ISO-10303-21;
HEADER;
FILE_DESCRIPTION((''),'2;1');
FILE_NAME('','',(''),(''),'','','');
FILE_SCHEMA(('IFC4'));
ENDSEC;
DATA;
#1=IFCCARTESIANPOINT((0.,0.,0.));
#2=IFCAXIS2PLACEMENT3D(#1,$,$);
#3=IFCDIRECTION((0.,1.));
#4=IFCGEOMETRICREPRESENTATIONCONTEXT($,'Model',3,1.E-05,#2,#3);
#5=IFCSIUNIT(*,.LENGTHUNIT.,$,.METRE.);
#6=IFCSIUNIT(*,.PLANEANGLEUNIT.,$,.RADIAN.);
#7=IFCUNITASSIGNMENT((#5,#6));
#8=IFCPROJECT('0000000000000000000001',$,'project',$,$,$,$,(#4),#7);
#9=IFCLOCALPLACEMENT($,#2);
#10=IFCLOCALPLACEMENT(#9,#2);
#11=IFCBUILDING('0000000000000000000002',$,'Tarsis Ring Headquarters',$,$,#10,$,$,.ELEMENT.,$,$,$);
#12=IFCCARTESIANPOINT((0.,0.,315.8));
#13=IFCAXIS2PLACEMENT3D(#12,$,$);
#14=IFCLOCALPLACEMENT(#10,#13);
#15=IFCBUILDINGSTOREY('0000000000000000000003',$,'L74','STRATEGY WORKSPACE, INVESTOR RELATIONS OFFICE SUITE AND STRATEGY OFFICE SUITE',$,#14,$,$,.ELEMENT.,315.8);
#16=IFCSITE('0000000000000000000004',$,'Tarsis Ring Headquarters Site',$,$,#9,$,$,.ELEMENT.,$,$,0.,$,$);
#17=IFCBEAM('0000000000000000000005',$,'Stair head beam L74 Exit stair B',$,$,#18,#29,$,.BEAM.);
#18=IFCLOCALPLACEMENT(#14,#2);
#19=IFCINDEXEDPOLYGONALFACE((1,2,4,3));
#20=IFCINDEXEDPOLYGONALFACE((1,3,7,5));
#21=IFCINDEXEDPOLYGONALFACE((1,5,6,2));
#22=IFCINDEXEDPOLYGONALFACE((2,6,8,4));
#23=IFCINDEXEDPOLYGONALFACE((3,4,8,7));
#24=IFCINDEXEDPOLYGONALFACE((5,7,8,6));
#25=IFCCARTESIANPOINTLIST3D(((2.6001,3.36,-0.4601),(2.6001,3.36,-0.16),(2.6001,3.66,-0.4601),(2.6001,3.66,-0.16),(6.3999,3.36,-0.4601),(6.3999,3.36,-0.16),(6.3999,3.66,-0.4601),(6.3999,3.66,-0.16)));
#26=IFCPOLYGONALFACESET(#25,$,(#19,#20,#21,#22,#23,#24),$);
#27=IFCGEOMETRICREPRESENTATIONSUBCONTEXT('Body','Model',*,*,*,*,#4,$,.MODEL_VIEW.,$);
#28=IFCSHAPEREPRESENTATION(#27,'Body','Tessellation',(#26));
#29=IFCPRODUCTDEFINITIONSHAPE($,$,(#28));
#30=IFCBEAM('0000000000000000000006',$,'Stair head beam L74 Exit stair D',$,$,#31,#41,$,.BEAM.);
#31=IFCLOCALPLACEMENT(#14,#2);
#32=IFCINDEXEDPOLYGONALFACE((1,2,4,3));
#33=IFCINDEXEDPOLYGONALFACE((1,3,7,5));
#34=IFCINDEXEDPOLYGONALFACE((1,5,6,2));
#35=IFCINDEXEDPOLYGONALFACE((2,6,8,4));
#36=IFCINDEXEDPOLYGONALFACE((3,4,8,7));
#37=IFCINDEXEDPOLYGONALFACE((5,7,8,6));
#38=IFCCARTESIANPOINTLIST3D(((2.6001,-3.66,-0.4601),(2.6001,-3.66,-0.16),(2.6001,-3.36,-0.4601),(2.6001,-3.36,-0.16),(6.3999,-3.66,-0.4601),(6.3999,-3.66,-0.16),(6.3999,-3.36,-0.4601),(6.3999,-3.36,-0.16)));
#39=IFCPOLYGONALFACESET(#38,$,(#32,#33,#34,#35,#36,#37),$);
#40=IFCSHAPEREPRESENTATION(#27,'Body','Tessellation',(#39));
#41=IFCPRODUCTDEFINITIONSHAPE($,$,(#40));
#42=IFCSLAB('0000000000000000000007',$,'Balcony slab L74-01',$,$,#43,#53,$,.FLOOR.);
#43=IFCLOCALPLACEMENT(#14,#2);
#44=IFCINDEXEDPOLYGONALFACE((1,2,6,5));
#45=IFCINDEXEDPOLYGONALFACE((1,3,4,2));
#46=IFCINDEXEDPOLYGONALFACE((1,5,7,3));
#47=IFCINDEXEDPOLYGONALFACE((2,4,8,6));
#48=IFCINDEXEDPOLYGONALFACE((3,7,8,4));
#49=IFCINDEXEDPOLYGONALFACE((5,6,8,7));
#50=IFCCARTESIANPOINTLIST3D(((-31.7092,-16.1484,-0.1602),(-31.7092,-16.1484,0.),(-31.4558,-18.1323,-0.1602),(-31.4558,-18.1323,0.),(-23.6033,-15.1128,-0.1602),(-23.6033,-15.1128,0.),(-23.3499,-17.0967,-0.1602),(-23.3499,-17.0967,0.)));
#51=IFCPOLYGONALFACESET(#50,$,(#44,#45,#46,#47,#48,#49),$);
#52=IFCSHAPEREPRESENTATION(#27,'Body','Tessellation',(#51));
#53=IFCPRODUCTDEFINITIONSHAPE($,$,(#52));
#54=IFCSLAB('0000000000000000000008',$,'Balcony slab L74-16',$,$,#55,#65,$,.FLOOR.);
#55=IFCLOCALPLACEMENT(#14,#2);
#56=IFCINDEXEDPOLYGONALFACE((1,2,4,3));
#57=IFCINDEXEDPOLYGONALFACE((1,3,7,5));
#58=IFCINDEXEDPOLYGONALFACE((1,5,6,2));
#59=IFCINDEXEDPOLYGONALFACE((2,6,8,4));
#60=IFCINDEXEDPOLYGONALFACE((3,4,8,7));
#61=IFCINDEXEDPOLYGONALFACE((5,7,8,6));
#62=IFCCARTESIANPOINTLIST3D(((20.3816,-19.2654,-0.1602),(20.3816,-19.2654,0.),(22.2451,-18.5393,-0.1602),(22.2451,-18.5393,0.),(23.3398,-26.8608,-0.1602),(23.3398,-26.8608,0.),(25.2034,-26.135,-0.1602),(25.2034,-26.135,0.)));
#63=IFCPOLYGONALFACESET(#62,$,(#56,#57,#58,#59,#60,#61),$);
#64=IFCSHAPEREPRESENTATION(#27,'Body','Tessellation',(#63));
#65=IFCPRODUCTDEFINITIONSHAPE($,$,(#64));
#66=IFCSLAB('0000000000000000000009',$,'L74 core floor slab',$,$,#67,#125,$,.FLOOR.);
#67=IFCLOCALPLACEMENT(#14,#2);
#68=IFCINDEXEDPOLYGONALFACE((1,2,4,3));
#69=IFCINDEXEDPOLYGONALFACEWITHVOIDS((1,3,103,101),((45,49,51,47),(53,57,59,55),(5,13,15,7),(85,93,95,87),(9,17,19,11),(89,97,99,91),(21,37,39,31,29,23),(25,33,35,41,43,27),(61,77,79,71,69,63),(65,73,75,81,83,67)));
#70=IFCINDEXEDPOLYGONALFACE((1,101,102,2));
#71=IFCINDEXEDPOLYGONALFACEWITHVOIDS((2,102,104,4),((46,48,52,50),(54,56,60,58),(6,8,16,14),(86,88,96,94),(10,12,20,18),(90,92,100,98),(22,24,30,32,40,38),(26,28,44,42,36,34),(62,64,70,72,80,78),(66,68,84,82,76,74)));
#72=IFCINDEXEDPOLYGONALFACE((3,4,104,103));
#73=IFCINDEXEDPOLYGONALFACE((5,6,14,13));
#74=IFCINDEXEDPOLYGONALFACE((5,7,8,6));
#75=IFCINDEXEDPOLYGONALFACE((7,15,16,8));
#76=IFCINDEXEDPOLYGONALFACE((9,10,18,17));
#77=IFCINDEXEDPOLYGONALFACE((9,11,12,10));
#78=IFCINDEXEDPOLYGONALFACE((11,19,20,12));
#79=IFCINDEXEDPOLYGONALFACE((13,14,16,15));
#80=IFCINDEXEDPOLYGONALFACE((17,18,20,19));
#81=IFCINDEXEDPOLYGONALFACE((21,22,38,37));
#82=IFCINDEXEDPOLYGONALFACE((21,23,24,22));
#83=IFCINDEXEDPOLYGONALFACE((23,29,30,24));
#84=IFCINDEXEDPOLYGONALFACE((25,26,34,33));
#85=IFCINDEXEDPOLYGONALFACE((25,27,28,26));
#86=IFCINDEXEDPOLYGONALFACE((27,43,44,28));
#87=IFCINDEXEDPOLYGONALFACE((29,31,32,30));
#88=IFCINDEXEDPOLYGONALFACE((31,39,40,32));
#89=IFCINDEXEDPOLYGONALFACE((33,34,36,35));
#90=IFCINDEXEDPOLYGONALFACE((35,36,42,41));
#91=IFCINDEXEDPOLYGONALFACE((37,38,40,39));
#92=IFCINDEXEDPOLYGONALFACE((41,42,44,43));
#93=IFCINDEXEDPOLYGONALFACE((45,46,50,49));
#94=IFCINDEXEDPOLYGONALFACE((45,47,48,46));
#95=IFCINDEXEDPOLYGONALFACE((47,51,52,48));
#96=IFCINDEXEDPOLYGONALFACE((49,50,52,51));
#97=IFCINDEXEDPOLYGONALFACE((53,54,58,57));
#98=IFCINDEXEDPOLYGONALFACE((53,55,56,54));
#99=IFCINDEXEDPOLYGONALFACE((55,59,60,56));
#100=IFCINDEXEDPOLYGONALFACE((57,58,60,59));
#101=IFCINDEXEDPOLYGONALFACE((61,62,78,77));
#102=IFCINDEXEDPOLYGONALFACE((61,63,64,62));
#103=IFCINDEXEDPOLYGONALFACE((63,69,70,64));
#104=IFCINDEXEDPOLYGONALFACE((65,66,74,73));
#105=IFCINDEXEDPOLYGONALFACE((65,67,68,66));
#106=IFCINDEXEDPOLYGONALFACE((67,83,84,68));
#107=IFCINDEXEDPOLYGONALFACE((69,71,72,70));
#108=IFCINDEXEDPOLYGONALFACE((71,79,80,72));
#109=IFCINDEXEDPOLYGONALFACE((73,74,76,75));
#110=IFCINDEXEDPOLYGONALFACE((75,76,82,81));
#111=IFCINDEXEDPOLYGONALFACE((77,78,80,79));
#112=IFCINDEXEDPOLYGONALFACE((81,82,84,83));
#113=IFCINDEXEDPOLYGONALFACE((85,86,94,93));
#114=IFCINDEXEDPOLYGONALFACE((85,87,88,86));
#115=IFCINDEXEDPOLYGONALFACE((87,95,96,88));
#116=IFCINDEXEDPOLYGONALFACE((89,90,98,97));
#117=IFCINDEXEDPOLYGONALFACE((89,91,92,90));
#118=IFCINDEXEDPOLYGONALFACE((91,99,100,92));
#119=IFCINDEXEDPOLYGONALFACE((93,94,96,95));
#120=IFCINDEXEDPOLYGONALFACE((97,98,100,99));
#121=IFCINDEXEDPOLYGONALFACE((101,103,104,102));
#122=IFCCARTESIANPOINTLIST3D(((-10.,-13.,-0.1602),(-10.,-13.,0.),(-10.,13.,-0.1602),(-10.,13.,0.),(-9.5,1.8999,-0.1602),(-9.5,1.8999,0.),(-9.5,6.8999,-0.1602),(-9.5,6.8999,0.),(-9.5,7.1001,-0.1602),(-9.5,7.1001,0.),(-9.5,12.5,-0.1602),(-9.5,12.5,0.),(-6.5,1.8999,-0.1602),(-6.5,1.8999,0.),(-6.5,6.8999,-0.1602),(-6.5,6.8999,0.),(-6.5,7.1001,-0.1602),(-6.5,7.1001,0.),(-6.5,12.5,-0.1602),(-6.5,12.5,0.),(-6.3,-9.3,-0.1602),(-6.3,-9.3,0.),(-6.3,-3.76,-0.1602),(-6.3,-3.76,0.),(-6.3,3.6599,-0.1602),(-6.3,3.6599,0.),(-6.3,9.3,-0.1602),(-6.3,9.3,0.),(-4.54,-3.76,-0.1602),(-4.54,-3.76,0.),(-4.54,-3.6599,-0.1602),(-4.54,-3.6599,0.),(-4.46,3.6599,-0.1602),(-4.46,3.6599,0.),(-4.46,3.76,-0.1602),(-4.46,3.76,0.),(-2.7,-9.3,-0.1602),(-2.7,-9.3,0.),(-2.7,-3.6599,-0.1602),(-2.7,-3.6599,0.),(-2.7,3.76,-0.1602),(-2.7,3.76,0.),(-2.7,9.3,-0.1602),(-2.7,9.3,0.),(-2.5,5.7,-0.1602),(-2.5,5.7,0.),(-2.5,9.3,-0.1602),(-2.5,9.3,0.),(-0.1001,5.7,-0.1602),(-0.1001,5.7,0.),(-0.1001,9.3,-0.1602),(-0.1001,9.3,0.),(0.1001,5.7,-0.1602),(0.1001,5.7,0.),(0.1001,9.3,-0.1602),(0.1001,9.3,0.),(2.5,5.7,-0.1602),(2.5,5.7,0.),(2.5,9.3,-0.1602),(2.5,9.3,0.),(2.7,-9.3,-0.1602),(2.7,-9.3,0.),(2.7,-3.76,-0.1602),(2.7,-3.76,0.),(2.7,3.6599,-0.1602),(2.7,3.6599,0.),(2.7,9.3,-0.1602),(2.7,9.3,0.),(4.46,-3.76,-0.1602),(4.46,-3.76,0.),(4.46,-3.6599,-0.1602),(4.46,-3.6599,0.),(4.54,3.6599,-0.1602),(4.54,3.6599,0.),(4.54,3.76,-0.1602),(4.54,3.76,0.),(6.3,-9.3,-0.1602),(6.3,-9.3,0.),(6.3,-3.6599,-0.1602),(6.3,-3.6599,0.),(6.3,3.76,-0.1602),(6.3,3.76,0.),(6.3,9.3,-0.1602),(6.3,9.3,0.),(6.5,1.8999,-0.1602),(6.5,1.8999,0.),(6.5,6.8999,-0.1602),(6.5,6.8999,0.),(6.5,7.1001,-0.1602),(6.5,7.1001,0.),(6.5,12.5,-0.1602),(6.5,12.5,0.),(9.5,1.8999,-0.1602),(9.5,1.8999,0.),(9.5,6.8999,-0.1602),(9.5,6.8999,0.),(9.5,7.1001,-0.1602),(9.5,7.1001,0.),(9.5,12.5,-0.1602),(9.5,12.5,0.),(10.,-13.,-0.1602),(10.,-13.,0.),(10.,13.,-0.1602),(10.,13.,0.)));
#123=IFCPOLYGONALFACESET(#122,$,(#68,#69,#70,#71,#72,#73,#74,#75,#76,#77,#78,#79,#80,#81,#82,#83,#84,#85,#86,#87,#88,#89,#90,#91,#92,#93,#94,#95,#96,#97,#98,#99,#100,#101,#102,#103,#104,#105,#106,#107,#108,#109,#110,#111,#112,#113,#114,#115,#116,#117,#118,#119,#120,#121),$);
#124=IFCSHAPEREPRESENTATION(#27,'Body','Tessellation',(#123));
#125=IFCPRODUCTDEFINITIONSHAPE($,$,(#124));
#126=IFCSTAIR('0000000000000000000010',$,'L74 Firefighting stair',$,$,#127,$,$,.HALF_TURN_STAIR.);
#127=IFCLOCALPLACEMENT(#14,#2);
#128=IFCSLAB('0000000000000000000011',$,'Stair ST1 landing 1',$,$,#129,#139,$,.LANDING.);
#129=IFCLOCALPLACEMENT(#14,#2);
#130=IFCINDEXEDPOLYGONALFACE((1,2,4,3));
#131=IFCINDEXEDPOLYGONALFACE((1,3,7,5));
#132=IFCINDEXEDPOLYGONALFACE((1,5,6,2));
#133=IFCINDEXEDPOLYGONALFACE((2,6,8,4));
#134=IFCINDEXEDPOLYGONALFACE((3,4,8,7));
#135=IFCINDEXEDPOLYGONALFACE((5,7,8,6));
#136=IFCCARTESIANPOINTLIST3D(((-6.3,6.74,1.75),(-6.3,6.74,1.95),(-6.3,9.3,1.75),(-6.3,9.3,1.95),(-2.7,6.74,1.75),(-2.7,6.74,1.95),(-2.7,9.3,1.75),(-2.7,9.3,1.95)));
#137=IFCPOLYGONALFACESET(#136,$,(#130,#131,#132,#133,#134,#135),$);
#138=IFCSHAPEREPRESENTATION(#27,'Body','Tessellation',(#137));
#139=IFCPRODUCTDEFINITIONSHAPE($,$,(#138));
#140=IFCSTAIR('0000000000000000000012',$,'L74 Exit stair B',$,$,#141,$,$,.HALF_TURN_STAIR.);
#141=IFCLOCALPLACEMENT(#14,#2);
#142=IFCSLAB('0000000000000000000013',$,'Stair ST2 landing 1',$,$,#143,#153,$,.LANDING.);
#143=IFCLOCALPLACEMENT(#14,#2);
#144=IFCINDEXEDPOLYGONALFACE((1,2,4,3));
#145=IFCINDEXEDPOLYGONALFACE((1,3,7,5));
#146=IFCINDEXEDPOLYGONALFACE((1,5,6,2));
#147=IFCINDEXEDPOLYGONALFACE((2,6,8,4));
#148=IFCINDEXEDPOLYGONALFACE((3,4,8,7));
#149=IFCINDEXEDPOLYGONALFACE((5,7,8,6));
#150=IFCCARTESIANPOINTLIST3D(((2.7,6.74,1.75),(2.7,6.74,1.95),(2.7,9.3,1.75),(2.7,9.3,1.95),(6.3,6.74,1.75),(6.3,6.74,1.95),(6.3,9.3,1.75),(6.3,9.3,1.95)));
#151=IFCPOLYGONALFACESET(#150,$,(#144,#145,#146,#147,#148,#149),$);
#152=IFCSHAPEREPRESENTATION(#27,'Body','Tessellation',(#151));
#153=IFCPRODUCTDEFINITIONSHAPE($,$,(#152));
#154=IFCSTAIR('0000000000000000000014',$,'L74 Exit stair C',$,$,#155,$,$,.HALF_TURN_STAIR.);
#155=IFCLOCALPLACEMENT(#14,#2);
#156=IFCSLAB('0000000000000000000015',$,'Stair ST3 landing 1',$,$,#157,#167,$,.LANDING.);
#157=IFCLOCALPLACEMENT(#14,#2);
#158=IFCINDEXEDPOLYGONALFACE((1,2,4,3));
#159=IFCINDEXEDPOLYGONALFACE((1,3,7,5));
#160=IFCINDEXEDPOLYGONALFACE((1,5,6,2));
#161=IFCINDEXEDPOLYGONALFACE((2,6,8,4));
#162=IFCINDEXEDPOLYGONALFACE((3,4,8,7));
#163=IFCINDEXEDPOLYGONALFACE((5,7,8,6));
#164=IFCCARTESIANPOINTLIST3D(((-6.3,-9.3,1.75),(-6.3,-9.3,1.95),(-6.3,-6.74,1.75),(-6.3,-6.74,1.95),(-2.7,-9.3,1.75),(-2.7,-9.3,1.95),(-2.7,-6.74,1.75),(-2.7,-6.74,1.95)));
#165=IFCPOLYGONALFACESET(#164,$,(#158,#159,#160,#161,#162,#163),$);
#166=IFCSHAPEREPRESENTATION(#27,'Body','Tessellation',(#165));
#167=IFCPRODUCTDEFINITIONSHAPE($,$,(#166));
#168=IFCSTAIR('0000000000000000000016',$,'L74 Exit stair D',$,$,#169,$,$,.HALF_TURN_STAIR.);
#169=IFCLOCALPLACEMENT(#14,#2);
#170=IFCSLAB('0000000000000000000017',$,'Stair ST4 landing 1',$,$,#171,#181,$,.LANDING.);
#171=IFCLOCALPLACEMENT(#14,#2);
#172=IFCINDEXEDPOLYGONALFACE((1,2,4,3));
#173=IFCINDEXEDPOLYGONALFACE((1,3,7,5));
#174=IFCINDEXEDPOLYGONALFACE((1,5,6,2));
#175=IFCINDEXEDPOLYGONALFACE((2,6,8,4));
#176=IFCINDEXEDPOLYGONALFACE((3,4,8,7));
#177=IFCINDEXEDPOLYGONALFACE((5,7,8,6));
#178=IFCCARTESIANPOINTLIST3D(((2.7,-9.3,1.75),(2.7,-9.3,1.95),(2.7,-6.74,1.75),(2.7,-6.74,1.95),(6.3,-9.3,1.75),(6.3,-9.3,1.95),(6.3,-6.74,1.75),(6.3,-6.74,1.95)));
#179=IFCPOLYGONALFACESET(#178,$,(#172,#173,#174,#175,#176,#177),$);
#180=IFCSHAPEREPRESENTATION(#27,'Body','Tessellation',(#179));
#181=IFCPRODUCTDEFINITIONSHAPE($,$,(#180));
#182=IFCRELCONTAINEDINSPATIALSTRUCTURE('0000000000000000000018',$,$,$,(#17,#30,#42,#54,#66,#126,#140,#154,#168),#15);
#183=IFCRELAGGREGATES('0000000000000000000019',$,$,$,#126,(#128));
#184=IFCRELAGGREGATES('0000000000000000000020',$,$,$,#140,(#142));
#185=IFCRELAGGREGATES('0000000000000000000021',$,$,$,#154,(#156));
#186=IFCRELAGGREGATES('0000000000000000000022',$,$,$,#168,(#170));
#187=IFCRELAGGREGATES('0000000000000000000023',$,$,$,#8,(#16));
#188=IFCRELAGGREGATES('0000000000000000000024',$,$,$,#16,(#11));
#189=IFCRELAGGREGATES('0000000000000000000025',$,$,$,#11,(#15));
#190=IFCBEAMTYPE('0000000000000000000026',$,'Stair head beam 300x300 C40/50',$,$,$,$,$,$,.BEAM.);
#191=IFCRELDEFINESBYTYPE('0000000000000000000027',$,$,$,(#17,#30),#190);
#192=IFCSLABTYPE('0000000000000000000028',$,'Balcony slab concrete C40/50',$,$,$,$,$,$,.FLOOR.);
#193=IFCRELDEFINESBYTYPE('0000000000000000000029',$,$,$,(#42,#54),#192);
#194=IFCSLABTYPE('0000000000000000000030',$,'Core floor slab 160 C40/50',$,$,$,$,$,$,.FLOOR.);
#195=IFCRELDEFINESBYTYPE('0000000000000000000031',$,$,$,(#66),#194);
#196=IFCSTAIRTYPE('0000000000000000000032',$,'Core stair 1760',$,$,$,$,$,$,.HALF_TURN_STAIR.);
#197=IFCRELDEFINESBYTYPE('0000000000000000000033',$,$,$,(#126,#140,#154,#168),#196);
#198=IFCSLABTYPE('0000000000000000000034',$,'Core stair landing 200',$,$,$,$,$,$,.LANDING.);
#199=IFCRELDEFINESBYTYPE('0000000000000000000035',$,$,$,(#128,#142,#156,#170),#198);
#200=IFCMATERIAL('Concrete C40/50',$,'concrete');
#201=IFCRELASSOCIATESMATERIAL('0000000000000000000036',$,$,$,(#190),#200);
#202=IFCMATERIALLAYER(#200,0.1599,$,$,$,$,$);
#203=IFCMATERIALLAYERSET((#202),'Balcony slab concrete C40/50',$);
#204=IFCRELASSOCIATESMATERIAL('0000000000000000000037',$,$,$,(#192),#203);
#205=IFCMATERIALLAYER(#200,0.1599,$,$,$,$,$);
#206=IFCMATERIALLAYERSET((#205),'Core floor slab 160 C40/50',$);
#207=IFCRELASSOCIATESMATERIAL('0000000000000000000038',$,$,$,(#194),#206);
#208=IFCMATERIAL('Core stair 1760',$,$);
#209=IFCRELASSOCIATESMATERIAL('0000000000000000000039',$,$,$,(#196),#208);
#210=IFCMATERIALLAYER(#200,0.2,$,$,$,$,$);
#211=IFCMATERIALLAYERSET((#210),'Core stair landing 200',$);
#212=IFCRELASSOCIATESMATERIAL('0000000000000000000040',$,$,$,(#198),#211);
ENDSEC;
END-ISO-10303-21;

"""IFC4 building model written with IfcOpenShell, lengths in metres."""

from ifc_helpers import new_model, si_unit, direction, frame, origin, origin_2d, place, context, subcontext, project, spatial, polyline, rectangle, outline, extrude, material, layer, layer_set, material_profile, profile_set, type_object, element, aggregate, save


model = new_model("IFC4")

# Units and contexts
model_context = context("Model", 3, precision=1e-05, world=origin(), true_north=direction((0.0, 1.0)))
body_context = subcontext(model_context, "Body", "Model", "MODEL_VIEW")
ifc_project = project(units=[si_unit("LENGTHUNIT", "METRE"), si_unit("PLANEANGLEUNIT", "RADIAN")], contexts=[model_context])

# Site, building, storey
site_placement = place(None, origin())
site = spatial("IfcSite", under=ifc_project, at=site_placement, Name="Tarsis Ring Headquarters Site", CompositionType="ELEMENT", RefElevation=0.0)
building_placement = place(site_placement, origin())
building = spatial("IfcBuilding", under=site, at=building_placement, Name="Tarsis Ring Headquarters", CompositionType="ELEMENT")
storey_placement = place(building_placement, frame((0.0, 0.0, 315.8)))
storey = spatial("IfcBuildingStorey", under=building, at=storey_placement, Name="L74", Description="STRATEGY WORKSPACE, INVESTOR RELATIONS OFFICE SUITE AND STRATEGY OFFICE SUITE", CompositionType="ELEMENT", Elevation=315.8)

# Beams
ifc_material_1 = material(Name="Concrete C40/50", Category="concrete")
ifc_material_profile = material_profile(ifc_material_1, rectangle(XDim=0.3, YDim=0.3, at=origin_2d()), Name="Stair head beam 300x300 C40/50")
ifc_profile_set = profile_set([ifc_material_profile], Name="Concrete C40/50")
beam_type = type_object("IfcBeamType", Name="Stair head beam 300x300 C40/50", PredefinedType="BEAM", material=ifc_profile_set)
for number, where, z_axis, x_axis, name in (
    (1, (2.6001, 3.51, -0.3101), (1.0, 0.0, 0.0), (0.0, 1.0, 0.0), "Stair head beam L74 Exit stair B"),
    (2, (2.6001, -3.51, -0.3101), (1.0, 0.0, 0.0), (0.0, 1.0, 0.0), "Stair head beam L74 Exit stair D"),
):
    element("IfcBeam", number, at=place(storey_placement, frame(where, z_axis=z_axis, x_axis=x_axis)), inside=storey, type_object=beam_type, Name=name, PredefinedType="BEAM", context=body_context, shape_type="SweptSolid", body=[
        extrude(rectangle(XDim=0.3, YDim=0.3, at=origin_2d()), origin(), (0.0, 0.0, 1.0), 3.7998),
    ])

# Slabs
ifc_layer_1 = layer(ifc_material_1, 0.1599)
ifc_layer_set_1 = layer_set([ifc_layer_1], Name="Balcony slab concrete C40/50")
slab_type_1 = type_object("IfcSlabType", Name="Balcony slab concrete C40/50", PredefinedType="FLOOR", material=ifc_layer_set_1)
slab_1_placement = place(storey_placement, frame((0.0, 0.0, -0.1602)))
element("IfcSlab", 3, at=slab_1_placement, inside=storey, type_object=slab_type_1, Name="Balcony slab L74-01", PredefinedType="FLOOR", context=body_context, shape_type="SweptSolid", body=[
    extrude(outline(polyline([(-31.7092, -16.1484), (-31.4558, -18.1323), (-23.3499, -17.0967), (-23.6033, -15.1128), (-31.7092, -16.1484)])), origin(), (0.0, 0.0, 1.0), 0.1602),
])
slab_2_placement = place(storey_placement, frame((0.0, 0.0, -0.1602)))
element("IfcSlab", 4, at=slab_2_placement, inside=storey, type_object=slab_type_1, Name="Balcony slab L74-16", PredefinedType="FLOOR", context=body_context, shape_type="SweptSolid", body=[
    extrude(outline(polyline([(23.3398, -26.8608), (25.2034, -26.135), (22.2451, -18.5393), (20.3816, -19.2654), (23.3398, -26.8608)])), origin(), (0.0, 0.0, 1.0), 0.1602),
])
ifc_layer_2 = layer(ifc_material_1, 0.1599)
ifc_layer_set_2 = layer_set([ifc_layer_2], Name="Core floor slab 160 C40/50")
slab_type_2 = type_object("IfcSlabType", Name="Core floor slab 160 C40/50", PredefinedType="FLOOR", material=ifc_layer_set_2)
slab_3_placement = place(storey_placement, frame((0.0, 0.0, -0.1602)))
element("IfcSlab", 5, at=slab_3_placement, inside=storey, type_object=slab_type_2, Name="L74 core floor slab", PredefinedType="FLOOR", context=body_context, shape_type="SweptSolid", body=[
    extrude(outline(polyline([(-10.0, -13.0), (10.0, -13.0), (10.0, 13.0), (-10.0, 13.0), (-10.0, -13.0)]), holes=[polyline([(-2.5, 5.7), (-0.1001, 5.7), (-0.1001, 9.3), (-2.5, 9.3), (-2.5, 5.7)]), polyline([(0.1001, 5.7), (2.5, 5.7), (2.5, 9.3), (0.1001, 9.3), (0.1001, 5.7)]), polyline([(-9.5, 1.8999), (-6.5, 1.8999), (-6.5, 6.8999), (-9.5, 6.8999), (-9.5, 1.8999)]), polyline([(-9.5, 7.1001), (-6.5, 7.1001), (-6.5, 12.5), (-9.5, 12.5), (-9.5, 7.1001)]), polyline([(6.5, 1.8999), (9.5, 1.8999), (9.5, 6.8999), (6.5, 6.8999), (6.5, 1.8999)]), polyline([(6.5, 7.1001), (9.5, 7.1001), (9.5, 12.5), (6.5, 12.5), (6.5, 7.1001)]), polyline([(-2.7, 3.76), (-2.7, 9.3), (-6.3, 9.3), (-6.3, 3.6599), (-4.46, 3.6599), (-4.46, 3.76), (-2.7, 3.76)]), polyline([(6.3, 3.76), (6.3, 9.3), (2.7, 9.3), (2.7, 3.6599), (4.54, 3.6599), (4.54, 3.76), (6.3, 3.76)]), polyline([(-6.3, -3.76), (-6.3, -9.3), (-2.7, -9.3), (-2.7, -3.6599), (-4.54, -3.6599), (-4.54, -3.76), (-6.3, -3.76)]), polyline([(2.7, -3.76), (2.7, -9.3), (6.3, -9.3), (6.3, -3.6599), (4.46, -3.6599), (4.46, -3.76), (2.7, -3.76)])]), origin(), (0.0, 0.0, 1.0), 0.1602),
])

# Stairs, slabs
ifc_material_2 = material(Name="Core stair 1760")
stair_type = type_object("IfcStairType", Name="Core stair 1760", PredefinedType="HALF_TURN_STAIR", material=ifc_material_2)
stair_1_placement = place(storey_placement, origin())
stair_1 = element("IfcStair", 6, at=stair_1_placement, inside=storey, type_object=stair_type, Name="L74 Firefighting stair", PredefinedType="HALF_TURN_STAIR")
ifc_layer_3 = layer(ifc_material_1, 0.2)
ifc_layer_set_3 = layer_set([ifc_layer_3], Name="Core stair landing 200")
slab_type_3 = type_object("IfcSlabType", Name="Core stair landing 200", PredefinedType="LANDING", material=ifc_layer_set_3)
slab_4_placement = place(storey_placement, frame((0.0, 0.0, 1.75)))
slab_4 = element("IfcSlab", 7, at=slab_4_placement, type_object=slab_type_3, Name="Stair ST1 landing 1", PredefinedType="LANDING", context=body_context, shape_type="SweptSolid", body=[
    extrude(outline(polyline([(-2.7, 6.74), (-2.7, 9.3), (-6.3, 9.3), (-6.3, 6.74), (-2.7, 6.74)])), origin(), (0.0, 0.0, 1.0), 0.2),
])
aggregate(stair_1, [slab_4])
stair_2_placement = place(storey_placement, origin())
stair_2 = element("IfcStair", 8, at=stair_2_placement, inside=storey, type_object=stair_type, Name="L74 Exit stair B", PredefinedType="HALF_TURN_STAIR")
slab_5_placement = place(storey_placement, frame((0.0, 0.0, 1.75)))
slab_5 = element("IfcSlab", 9, at=slab_5_placement, type_object=slab_type_3, Name="Stair ST2 landing 1", PredefinedType="LANDING", context=body_context, shape_type="SweptSolid", body=[
    extrude(outline(polyline([(6.3, 6.74), (6.3, 9.3), (2.7, 9.3), (2.7, 6.74), (6.3, 6.74)])), origin(), (0.0, 0.0, 1.0), 0.2),
])
aggregate(stair_2, [slab_5])
stair_3_placement = place(storey_placement, origin())
stair_3 = element("IfcStair", 10, at=stair_3_placement, inside=storey, type_object=stair_type, Name="L74 Exit stair C", PredefinedType="HALF_TURN_STAIR")
slab_6_placement = place(storey_placement, frame((0.0, 0.0, 1.75)))
slab_6 = element("IfcSlab", 11, at=slab_6_placement, type_object=slab_type_3, Name="Stair ST3 landing 1", PredefinedType="LANDING", context=body_context, shape_type="SweptSolid", body=[
    extrude(outline(polyline([(-6.3, -6.74), (-6.3, -9.3), (-2.7, -9.3), (-2.7, -6.74), (-6.3, -6.74)])), origin(), (0.0, 0.0, 1.0), 0.2),
])
aggregate(stair_3, [slab_6])
stair_4_placement = place(storey_placement, origin())
stair_4 = element("IfcStair", 12, at=stair_4_placement, inside=storey, type_object=stair_type, Name="L74 Exit stair D", PredefinedType="HALF_TURN_STAIR")
slab_7_placement = place(storey_placement, frame((0.0, 0.0, 1.75)))
slab_7 = element("IfcSlab", 13, at=slab_7_placement, type_object=slab_type_3, Name="Stair ST4 landing 1", PredefinedType="LANDING", context=body_context, shape_type="SweptSolid", body=[
    extrude(outline(polyline([(2.7, -6.74), (2.7, -9.3), (6.3, -9.3), (6.3, -6.74), (2.7, -6.74)])), origin(), (0.0, 0.0, 1.0), 0.2),
])
aggregate(stair_4, [slab_7])

save(model, "model.ifc")
